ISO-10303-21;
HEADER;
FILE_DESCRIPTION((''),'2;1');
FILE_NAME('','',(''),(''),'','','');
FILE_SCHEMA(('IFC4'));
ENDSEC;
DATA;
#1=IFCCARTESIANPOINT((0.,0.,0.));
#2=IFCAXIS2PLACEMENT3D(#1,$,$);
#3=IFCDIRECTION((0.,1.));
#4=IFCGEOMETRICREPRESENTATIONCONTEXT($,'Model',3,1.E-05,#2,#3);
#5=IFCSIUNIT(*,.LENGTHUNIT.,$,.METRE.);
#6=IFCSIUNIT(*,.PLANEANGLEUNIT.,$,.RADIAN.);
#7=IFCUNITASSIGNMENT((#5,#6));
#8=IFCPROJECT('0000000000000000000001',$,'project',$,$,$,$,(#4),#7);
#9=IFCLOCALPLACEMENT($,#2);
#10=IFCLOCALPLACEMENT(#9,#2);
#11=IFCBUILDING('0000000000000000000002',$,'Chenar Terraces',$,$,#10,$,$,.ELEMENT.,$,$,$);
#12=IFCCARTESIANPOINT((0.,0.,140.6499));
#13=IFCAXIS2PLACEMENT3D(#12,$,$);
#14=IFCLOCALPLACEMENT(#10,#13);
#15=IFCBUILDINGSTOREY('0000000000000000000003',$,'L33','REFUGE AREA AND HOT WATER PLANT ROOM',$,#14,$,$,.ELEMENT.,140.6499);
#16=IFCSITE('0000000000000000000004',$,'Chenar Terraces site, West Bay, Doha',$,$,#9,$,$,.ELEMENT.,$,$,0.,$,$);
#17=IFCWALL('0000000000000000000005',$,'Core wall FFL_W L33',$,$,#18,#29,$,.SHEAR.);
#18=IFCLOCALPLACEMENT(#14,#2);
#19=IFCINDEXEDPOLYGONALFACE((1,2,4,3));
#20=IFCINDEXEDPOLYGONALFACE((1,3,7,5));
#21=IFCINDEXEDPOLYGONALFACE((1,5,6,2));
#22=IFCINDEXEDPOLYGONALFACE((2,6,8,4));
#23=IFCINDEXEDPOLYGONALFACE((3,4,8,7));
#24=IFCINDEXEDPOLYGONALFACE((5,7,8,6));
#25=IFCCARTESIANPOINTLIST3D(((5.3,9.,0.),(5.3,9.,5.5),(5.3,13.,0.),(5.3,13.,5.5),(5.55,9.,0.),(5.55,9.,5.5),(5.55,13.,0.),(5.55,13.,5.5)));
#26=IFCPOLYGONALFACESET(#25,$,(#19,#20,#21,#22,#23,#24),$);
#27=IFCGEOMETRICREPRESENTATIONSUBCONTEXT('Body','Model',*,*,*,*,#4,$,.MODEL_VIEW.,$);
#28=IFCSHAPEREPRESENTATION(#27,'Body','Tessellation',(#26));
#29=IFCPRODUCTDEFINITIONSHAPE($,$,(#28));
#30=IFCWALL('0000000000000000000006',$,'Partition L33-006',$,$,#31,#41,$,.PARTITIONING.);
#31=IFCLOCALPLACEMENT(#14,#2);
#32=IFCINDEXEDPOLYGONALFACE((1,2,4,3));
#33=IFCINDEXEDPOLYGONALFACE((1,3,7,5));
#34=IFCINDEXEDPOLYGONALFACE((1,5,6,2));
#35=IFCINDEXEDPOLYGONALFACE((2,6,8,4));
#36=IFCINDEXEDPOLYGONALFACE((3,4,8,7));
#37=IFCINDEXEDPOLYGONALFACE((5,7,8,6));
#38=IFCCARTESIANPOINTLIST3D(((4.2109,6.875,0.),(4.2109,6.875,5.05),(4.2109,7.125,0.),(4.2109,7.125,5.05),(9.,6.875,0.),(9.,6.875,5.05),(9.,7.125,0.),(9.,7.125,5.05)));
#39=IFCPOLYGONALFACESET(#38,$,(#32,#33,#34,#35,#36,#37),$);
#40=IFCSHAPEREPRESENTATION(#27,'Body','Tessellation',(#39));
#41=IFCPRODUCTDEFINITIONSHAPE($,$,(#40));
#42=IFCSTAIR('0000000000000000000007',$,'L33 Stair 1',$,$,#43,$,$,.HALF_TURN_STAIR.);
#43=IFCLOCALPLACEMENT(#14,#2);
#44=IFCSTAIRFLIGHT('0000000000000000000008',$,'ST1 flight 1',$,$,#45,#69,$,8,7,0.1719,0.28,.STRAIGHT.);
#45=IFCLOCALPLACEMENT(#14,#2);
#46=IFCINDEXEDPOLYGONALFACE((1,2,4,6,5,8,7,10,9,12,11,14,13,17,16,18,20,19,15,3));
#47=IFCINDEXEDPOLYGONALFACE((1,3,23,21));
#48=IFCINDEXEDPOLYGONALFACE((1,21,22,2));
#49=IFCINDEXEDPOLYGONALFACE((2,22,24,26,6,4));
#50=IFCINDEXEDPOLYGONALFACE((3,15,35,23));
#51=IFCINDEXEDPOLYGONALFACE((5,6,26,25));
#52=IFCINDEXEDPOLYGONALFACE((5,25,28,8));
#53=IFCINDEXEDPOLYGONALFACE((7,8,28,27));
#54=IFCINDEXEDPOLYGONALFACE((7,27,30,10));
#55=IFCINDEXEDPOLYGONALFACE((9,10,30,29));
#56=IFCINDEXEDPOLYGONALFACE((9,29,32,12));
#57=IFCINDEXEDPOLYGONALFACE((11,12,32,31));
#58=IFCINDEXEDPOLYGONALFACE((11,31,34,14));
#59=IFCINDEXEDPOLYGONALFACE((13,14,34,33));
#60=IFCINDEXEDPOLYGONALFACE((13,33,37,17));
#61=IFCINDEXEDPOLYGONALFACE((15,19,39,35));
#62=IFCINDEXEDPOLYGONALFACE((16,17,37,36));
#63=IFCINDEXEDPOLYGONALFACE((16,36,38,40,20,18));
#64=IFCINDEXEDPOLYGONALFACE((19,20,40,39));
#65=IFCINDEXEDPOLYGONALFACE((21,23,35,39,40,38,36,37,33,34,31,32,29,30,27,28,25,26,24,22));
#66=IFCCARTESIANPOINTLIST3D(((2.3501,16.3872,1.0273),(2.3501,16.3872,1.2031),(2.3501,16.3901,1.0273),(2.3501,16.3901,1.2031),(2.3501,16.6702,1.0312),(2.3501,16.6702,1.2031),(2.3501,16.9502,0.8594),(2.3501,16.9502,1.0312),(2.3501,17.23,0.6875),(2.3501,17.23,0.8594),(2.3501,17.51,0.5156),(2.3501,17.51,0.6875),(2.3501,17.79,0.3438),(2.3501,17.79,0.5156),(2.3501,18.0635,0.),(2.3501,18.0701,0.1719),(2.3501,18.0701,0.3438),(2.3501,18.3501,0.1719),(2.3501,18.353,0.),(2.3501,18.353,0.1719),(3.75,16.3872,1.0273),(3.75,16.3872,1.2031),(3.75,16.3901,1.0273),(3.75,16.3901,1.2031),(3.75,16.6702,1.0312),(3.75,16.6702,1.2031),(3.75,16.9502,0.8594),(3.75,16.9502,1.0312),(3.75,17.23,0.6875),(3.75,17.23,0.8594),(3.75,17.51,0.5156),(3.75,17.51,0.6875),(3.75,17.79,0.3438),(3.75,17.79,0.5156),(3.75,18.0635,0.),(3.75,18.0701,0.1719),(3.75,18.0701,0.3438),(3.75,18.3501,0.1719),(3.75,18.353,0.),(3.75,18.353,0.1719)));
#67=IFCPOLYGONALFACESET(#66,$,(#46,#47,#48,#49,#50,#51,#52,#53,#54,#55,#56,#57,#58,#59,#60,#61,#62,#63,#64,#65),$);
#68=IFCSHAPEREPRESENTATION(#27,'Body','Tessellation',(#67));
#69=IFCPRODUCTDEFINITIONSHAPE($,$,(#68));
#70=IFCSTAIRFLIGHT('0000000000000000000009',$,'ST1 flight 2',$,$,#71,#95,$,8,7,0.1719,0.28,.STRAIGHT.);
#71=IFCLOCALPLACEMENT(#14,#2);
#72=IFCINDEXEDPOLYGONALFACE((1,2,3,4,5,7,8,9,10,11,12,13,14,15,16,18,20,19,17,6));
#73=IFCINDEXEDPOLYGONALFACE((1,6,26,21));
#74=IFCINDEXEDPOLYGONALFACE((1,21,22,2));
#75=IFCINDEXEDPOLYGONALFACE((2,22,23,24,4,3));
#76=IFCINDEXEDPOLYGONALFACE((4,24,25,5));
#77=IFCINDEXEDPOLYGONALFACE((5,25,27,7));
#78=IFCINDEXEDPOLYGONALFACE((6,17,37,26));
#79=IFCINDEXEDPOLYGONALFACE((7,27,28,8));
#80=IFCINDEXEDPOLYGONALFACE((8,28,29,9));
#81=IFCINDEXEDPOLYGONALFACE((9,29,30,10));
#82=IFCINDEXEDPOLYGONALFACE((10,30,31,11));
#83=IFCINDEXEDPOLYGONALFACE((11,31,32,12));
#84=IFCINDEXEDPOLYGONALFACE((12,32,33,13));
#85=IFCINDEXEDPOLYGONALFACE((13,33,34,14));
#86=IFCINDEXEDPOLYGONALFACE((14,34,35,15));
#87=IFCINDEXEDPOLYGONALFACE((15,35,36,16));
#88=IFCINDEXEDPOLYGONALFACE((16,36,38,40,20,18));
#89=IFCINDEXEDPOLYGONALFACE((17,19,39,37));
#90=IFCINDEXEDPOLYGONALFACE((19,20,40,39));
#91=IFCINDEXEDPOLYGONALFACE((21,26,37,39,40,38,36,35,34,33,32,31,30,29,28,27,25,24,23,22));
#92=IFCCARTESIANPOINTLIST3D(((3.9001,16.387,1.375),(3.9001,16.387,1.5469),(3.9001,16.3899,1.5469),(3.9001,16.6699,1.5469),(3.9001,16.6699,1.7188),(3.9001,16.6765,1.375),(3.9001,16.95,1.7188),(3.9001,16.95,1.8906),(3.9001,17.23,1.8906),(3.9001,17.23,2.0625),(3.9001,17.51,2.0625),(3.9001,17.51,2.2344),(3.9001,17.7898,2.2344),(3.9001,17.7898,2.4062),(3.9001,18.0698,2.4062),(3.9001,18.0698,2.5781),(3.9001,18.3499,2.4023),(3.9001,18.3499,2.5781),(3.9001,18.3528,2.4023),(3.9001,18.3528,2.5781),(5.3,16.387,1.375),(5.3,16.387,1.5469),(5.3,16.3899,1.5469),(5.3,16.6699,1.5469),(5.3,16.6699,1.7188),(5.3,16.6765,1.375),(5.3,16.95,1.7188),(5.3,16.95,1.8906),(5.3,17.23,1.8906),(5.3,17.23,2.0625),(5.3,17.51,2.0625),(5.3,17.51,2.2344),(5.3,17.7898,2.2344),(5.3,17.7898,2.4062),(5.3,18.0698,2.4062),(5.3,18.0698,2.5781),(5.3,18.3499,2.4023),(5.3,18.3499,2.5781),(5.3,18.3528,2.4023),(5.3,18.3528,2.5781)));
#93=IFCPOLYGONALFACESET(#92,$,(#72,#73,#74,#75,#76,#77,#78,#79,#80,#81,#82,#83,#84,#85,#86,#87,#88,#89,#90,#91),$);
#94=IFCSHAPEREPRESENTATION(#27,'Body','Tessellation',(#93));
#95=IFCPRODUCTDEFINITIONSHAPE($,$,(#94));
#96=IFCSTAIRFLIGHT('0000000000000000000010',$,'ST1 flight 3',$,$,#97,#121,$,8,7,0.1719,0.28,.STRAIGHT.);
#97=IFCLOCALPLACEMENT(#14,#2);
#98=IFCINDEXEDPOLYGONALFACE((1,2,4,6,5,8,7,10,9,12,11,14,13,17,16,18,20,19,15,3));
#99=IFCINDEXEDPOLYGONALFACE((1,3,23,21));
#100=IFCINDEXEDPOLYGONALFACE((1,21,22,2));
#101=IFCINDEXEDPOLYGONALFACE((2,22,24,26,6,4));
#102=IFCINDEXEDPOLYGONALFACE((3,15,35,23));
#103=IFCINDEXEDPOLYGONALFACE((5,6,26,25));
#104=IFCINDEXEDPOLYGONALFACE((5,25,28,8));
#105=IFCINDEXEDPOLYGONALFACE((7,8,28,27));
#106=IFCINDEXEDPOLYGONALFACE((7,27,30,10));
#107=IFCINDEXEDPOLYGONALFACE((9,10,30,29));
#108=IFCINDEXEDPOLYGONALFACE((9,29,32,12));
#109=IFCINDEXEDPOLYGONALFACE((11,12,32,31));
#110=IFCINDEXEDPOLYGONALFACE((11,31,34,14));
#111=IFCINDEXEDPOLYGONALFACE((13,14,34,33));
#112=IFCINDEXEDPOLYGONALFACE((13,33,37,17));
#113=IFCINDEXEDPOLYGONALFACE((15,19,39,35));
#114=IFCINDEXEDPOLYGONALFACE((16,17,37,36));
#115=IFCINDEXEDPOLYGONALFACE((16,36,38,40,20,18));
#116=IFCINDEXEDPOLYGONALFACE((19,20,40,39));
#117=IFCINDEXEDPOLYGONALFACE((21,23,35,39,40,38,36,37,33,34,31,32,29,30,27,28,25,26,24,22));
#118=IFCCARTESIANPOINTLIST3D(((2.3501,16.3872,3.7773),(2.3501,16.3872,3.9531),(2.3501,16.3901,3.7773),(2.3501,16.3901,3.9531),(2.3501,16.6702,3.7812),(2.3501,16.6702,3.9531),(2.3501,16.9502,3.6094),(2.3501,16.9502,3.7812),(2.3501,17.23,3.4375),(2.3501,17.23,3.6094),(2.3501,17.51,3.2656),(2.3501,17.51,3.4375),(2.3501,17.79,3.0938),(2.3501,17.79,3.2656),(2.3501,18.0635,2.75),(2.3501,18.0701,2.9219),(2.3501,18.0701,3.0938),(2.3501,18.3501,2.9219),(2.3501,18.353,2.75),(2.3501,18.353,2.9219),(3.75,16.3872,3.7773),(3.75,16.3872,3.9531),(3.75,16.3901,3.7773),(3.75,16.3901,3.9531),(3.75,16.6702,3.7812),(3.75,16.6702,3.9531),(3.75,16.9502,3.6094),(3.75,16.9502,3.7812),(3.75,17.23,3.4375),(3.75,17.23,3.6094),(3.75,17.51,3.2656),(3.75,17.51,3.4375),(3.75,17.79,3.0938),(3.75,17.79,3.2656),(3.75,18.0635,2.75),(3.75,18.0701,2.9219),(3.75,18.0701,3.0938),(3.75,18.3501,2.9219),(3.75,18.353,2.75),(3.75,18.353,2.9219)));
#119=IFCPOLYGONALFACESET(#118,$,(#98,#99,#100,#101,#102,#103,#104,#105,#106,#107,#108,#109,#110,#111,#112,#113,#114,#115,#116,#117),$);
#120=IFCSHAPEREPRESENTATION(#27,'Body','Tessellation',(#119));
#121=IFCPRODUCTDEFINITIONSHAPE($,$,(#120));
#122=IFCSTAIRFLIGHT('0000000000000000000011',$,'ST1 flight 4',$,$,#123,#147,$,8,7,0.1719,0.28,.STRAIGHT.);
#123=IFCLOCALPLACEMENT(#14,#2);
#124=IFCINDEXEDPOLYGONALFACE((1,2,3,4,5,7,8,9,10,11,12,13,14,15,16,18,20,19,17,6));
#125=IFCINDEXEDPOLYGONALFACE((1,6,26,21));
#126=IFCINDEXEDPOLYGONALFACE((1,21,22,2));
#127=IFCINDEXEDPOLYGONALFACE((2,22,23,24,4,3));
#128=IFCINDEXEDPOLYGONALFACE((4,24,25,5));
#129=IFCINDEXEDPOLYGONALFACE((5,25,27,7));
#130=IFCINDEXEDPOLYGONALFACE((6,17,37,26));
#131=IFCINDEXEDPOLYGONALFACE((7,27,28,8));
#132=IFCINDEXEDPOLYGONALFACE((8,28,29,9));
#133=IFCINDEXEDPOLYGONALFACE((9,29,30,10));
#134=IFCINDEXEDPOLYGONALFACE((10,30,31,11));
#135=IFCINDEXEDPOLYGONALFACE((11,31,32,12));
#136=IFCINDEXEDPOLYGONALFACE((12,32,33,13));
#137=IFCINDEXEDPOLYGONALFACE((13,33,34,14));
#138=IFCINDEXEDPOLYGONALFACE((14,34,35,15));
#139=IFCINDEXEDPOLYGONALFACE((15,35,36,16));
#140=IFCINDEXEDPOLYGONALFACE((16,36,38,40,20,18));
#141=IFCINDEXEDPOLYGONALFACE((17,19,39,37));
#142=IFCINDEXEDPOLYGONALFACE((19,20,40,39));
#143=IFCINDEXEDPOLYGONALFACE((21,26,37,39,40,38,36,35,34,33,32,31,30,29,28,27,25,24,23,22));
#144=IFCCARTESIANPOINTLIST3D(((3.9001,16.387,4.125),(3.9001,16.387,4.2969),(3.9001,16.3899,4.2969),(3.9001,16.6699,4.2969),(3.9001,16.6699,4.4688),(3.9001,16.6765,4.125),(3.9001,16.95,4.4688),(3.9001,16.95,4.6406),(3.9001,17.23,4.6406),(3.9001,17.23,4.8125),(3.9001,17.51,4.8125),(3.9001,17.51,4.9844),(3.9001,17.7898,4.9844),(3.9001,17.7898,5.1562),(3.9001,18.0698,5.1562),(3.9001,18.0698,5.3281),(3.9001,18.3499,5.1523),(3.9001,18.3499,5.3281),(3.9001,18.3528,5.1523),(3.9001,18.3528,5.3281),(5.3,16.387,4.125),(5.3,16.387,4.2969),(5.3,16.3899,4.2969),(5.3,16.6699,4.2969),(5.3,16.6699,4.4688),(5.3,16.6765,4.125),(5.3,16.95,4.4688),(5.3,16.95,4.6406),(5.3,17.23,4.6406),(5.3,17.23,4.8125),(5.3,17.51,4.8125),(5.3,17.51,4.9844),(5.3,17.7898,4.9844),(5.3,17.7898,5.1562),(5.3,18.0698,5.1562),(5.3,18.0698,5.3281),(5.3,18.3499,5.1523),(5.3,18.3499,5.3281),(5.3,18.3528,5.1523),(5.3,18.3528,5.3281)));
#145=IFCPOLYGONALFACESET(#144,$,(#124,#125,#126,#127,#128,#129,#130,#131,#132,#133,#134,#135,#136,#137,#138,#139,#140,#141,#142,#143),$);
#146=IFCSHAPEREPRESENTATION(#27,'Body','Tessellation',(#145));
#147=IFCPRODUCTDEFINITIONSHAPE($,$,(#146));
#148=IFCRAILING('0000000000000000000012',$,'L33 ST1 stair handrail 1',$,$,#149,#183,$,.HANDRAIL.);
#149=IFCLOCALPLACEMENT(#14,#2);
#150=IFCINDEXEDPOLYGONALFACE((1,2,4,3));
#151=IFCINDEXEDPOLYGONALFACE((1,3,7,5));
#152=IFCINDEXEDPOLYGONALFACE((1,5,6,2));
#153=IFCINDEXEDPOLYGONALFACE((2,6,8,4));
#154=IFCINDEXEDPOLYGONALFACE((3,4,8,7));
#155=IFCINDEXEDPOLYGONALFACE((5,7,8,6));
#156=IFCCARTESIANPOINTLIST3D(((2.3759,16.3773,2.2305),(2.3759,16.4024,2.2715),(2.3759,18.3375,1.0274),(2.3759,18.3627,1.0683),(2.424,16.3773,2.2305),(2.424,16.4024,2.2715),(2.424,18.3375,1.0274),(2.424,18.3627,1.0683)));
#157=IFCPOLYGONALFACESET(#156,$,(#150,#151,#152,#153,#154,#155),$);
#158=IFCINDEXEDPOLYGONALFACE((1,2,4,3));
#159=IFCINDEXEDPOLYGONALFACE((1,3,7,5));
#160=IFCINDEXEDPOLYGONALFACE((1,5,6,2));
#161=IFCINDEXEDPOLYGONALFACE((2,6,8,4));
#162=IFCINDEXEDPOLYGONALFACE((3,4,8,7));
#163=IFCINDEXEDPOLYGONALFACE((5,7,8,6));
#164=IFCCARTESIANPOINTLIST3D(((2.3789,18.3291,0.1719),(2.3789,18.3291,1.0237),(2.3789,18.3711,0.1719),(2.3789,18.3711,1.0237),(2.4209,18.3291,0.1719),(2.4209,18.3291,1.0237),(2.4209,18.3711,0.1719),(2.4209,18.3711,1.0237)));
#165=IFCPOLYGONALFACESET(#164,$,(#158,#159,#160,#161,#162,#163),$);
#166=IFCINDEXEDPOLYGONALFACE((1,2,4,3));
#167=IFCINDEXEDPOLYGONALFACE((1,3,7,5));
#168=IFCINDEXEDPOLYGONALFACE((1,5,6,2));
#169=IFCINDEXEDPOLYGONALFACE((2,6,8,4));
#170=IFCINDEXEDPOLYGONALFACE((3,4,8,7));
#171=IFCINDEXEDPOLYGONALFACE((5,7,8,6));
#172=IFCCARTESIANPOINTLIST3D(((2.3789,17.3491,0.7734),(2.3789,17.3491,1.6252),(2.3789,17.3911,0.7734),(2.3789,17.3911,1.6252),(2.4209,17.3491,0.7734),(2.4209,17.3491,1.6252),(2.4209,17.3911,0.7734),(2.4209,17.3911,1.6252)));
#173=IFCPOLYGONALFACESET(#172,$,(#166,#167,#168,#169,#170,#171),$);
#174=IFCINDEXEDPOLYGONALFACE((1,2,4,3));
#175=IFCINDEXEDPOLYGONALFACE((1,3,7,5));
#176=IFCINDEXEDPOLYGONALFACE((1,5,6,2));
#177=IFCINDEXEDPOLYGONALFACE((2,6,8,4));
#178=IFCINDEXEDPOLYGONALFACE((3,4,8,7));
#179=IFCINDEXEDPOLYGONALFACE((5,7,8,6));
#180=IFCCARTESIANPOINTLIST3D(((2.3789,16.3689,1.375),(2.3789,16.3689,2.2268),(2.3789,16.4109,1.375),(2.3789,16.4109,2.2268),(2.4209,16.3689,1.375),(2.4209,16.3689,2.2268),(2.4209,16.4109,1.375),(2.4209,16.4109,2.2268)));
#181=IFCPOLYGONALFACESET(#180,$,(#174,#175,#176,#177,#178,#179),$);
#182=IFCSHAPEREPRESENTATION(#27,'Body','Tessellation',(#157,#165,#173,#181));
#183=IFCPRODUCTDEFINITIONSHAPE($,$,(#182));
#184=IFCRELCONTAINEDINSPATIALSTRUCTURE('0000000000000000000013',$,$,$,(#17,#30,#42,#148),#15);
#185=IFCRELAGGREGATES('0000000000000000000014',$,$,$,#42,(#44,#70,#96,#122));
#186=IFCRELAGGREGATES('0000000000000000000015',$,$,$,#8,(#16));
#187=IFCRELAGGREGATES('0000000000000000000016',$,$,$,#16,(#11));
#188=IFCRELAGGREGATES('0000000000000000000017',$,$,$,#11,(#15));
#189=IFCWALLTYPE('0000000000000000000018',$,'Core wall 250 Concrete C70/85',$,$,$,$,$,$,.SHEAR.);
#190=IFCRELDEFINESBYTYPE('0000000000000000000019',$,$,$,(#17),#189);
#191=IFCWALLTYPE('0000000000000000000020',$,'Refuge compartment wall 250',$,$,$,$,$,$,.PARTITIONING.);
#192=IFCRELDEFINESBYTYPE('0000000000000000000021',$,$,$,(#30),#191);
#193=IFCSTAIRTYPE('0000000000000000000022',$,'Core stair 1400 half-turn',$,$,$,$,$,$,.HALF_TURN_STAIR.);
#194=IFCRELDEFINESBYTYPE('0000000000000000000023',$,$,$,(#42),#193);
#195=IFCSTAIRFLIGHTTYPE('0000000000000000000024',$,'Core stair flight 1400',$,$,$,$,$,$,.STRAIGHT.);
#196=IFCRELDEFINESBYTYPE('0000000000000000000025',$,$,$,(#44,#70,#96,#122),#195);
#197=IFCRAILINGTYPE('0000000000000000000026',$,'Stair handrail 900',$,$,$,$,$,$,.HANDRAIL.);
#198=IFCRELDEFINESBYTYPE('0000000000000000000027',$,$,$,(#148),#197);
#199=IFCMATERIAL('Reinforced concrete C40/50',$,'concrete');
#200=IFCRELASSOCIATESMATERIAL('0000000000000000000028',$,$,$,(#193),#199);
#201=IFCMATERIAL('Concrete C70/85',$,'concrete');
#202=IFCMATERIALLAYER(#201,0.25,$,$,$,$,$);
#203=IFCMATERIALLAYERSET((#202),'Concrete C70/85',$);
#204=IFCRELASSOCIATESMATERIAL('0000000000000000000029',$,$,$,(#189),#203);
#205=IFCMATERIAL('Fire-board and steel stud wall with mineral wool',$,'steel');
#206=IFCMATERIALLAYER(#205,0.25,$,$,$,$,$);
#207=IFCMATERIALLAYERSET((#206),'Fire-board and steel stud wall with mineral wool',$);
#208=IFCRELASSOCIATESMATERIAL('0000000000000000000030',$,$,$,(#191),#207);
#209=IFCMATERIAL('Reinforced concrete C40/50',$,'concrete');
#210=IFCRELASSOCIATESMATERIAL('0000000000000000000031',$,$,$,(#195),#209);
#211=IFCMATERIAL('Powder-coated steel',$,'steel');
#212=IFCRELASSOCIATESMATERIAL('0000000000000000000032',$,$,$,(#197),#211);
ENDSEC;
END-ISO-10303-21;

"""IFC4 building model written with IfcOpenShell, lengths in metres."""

from ifc_helpers import new_model, si_unit, direction, frame, frame_2d, origin, origin_2d, place, context, subcontext, project, spatial, polyline, rectangle, outline, extrude, material, layer, layer_set, type_object, element, aggregate, save


model = new_model("IFC4")

# Units and contexts
model_context = context("Model", 3, precision=1e-05, world=origin(), true_north=direction((0.0, 1.0)))
body_context = subcontext(model_context, "Body", "Model", "MODEL_VIEW")
ifc_project = project(units=[si_unit("LENGTHUNIT", "METRE"), si_unit("PLANEANGLEUNIT", "RADIAN")], contexts=[model_context])

# Site, building, storey
site_placement = place(None, origin())
site = spatial("IfcSite", under=ifc_project, at=site_placement, Name="Chenar Terraces site, West Bay, Doha", CompositionType="ELEMENT", RefElevation=0.0)
building_placement = place(site_placement, origin())
building = spatial("IfcBuilding", under=site, at=building_placement, Name="Chenar Terraces", CompositionType="ELEMENT")
storey_placement = place(building_placement, frame((0.0, 0.0, 140.6499)))
storey = spatial("IfcBuildingStorey", under=building, at=storey_placement, Name="L33", Description="REFUGE AREA AND HOT WATER PLANT ROOM", CompositionType="ELEMENT", Elevation=140.6499)

# Shared definitions
ifc_material_1 = material(Name="Reinforced concrete C40/50", Category="concrete")
stair_type = type_object("IfcStairType", Name="Core stair 1400 half-turn", PredefinedType="HALF_TURN_STAIR", material=ifc_material_1)
placement_1 = place(storey_placement, origin())

# Shared definitions
ifc_material_2 = material(Name="Concrete C70/85", Category="concrete")
ifc_layer_1 = layer(ifc_material_2, 0.25)
ifc_layer_set_1 = layer_set([ifc_layer_1], Name="Concrete C70/85")
wall_type_1 = type_object("IfcWallType", Name="Core wall 250 Concrete C70/85", PredefinedType="SHEAR", material=ifc_layer_set_1)

# Walls
wall_1_placement = place(storey_placement, frame((5.425, 9.0, 0.0), z_axis=(0.0, 0.0, 1.0), x_axis=(0.0, 1.0, 0.0)))
element("IfcWall", 1, at=wall_1_placement, inside=storey, type_object=wall_type_1, Name="Core wall FFL_W L33", PredefinedType="SHEAR", context=body_context, shape_type="SweptSolid", body=[
    extrude(rectangle(XDim=4.0, YDim=0.25, at=frame_2d((2.0, 0.0))), origin(), (0.0, 0.0, 1.0), 5.5),
])
ifc_material_3 = material(Name="Fire-board and steel stud wall with mineral wool", Category="steel")
ifc_layer_2 = layer(ifc_material_3, 0.25)
ifc_layer_set_2 = layer_set([ifc_layer_2], Name="Fire-board and steel stud wall with mineral wool")
wall_type_2 = type_object("IfcWallType", Name="Refuge compartment wall 250", PredefinedType="PARTITIONING", material=ifc_layer_set_2)
wall_2_placement = place(storey_placement, frame((4.2109, 7.0, 0.0), z_axis=(0.0, 0.0, 1.0), x_axis=(1.0, 0.0, 0.0)))
element("IfcWall", 2, at=wall_2_placement, inside=storey, type_object=wall_type_2, Name="Partition L33-006", PredefinedType="PARTITIONING", context=body_context, shape_type="SweptSolid", body=[
    extrude(rectangle(XDim=4.7891, YDim=0.25, at=frame_2d((2.3945, 0.0))), origin(), (0.0, 0.0, 1.0), 5.05),
])

# Stair, stair flights
stair_1 = element("IfcStair", 3, at=placement_1, inside=storey, type_object=stair_type, Name="L33 Stair 1", PredefinedType="HALF_TURN_STAIR")
ifc_material_4 = material(Name="Reinforced concrete C40/50", Category="concrete")
stair_flight_type = type_object("IfcStairFlightType", Name="Core stair flight 1400", PredefinedType="STRAIGHT", material=ifc_material_4)
stair_flight_1_placement = place(storey_placement, frame((3.05, 18.3501, 0.0), z_axis=(0.0, 0.0, 1.0), x_axis=(0.0, -1.0, 0.0)))
stair_flight_1 = element("IfcStairFlight", 4, at=stair_flight_1_placement, type_object=stair_flight_type, Name="ST1 flight 1", NumberOfRisers=8, NumberOfTreads=7, PredefinedType="STRAIGHT", RiserHeight=0.1719, TreadLength=0.28, context=body_context, shape_type="SweptSolid", body=[
    extrude(outline(polyline([(-0.0029, 0.0), (-0.0029, 0.1719), (0.0, 0.1719), (0.28, 0.1719), (0.28, 0.3438), (0.5601, 0.3438), (0.5601, 0.5156), (0.8401, 0.5156), (0.8401, 0.6875), (1.1201, 0.6875), (1.1201, 0.8594), (1.3999, 0.8594), (1.3999, 1.0312), (1.6799, 1.0312), (1.6799, 1.2031), (1.96, 1.2031), (1.9629, 1.2031), (1.9629, 1.0273), (1.96, 1.0273), (0.2866, 0.0), (-0.0029, 0.0)])), frame((0.0, 0.7, 0.0), z_axis=(0.0, -1.0, 0.0), x_axis=(1.0, 0.0, 0.0)), (0.0, 0.0, 1.0), 1.3999),
])
stair_flight_2_placement = place(storey_placement, frame((4.6001, 16.3899, 1.375), z_axis=(0.0, 0.0, 1.0), x_axis=(0.0, 1.0, 0.0)))
stair_flight_2 = element("IfcStairFlight", 5, at=stair_flight_2_placement, type_object=stair_flight_type, Name="ST1 flight 2", NumberOfRisers=8, NumberOfTreads=7, PredefinedType="STRAIGHT", RiserHeight=0.1719, TreadLength=0.28, context=body_context, shape_type="SweptSolid", body=[
    extrude(outline(polyline([(-0.0029, 0.0), (-0.0029, 0.1719), (0.0, 0.1719), (0.28, 0.1719), (0.28, 0.3438), (0.5601, 0.3438), (0.5601, 0.5156), (0.8401, 0.5156), (0.8401, 0.6875), (1.1201, 0.6875), (1.1201, 0.8594), (1.3999, 0.8594), (1.3999, 1.0312), (1.6799, 1.0312), (1.6799, 1.2031), (1.96, 1.2031), (1.9629, 1.2031), (1.9629, 1.0273), (1.96, 1.0273), (0.2866, 0.0), (-0.0029, 0.0)])), frame((0.0, 0.7, 0.0), z_axis=(0.0, -1.0, 0.0), x_axis=(1.0, 0.0, 0.0)), (0.0, 0.0, 1.0), 1.3999),
])
stair_flight_3_placement = place(storey_placement, frame((3.05, 18.3501, 2.75), z_axis=(0.0, 0.0, 1.0), x_axis=(0.0, -1.0, 0.0)))
stair_flight_3 = element("IfcStairFlight", 6, at=stair_flight_3_placement, type_object=stair_flight_type, Name="ST1 flight 3", NumberOfRisers=8, NumberOfTreads=7, PredefinedType="STRAIGHT", RiserHeight=0.1719, TreadLength=0.28, context=body_context, shape_type="SweptSolid", body=[
    extrude(outline(polyline([(-0.0029, 0.0), (-0.0029, 0.1719), (0.0, 0.1719), (0.28, 0.1719), (0.28, 0.3438), (0.5601, 0.3438), (0.5601, 0.5156), (0.8401, 0.5156), (0.8401, 0.6875), (1.1201, 0.6875), (1.1201, 0.8594), (1.3999, 0.8594), (1.3999, 1.0312), (1.6799, 1.0312), (1.6799, 1.2031), (1.96, 1.2031), (1.9629, 1.2031), (1.9629, 1.0273), (1.96, 1.0273), (0.2866, 0.0), (-0.0029, 0.0)])), frame((0.0, 0.7, 0.0), z_axis=(0.0, -1.0, 0.0), x_axis=(1.0, 0.0, 0.0)), (0.0, 0.0, 1.0), 1.3999),
])
stair_flight_4_placement = place(storey_placement, frame((4.6001, 16.3899, 4.125), z_axis=(0.0, 0.0, 1.0), x_axis=(0.0, 1.0, 0.0)))
stair_flight_4 = element("IfcStairFlight", 7, at=stair_flight_4_placement, type_object=stair_flight_type, Name="ST1 flight 4", NumberOfRisers=8, NumberOfTreads=7, PredefinedType="STRAIGHT", RiserHeight=0.1719, TreadLength=0.28, context=body_context, shape_type="SweptSolid", body=[
    extrude(outline(polyline([(-0.0029, 0.0), (-0.0029, 0.1719), (0.0, 0.1719), (0.28, 0.1719), (0.28, 0.3438), (0.5601, 0.3438), (0.5601, 0.5156), (0.8401, 0.5156), (0.8401, 0.6875), (1.1201, 0.6875), (1.1201, 0.8594), (1.3999, 0.8594), (1.3999, 1.0312), (1.6799, 1.0312), (1.6799, 1.2031), (1.96, 1.2031), (1.9629, 1.2031), (1.9629, 1.0273), (1.96, 1.0273), (0.2866, 0.0), (-0.0029, 0.0)])), frame((0.0, 0.7, 0.0), z_axis=(0.0, -1.0, 0.0), x_axis=(1.0, 0.0, 0.0)), (0.0, 0.0, 1.0), 1.3999),
])
aggregate(stair_1, [stair_flight_1, stair_flight_2, stair_flight_3, stair_flight_4])

# Railing
ifc_material_5 = material(Name="Powder-coated steel", Category="steel")
railing_type_1 = type_object("IfcRailingType", Name="Stair handrail 900", PredefinedType="HANDRAIL", material=ifc_material_5)
railing_1_placement = place(storey_placement, frame((2.3999, 18.3501, 0.1719)))
element("IfcRailing", 8, at=railing_1_placement, inside=storey, type_object=railing_type_1, Name="L33 ST1 stair handrail 1", PredefinedType="HANDRAIL", context=body_context, shape_type="SweptSolid", body=[
    extrude(rectangle(XDim=0.0481, YDim=0.0481, at=origin_2d()), frame((0.0, 0.0, 0.876), z_axis=(0.0, -0.85227, 0.523102), x_axis=(1.0, 0.0, 0.0)), (0.0, 0.0, 1.0), 2.3),
    extrude(rectangle(XDim=0.042, YDim=0.042, at=origin_2d()), origin(), (0.0, 0.0, 1.0), 0.8518),
    extrude(rectangle(XDim=0.042, YDim=0.042, at=origin_2d()), frame((0.0, -0.98, 0.6016)), (0.0, 0.0, 1.0), 0.8518),
    extrude(rectangle(XDim=0.042, YDim=0.042, at=origin_2d()), frame((0.0, -1.9602, 1.2031)), (0.0, 0.0, 1.0), 0.8518),
])

save(model, "model.ifc")
